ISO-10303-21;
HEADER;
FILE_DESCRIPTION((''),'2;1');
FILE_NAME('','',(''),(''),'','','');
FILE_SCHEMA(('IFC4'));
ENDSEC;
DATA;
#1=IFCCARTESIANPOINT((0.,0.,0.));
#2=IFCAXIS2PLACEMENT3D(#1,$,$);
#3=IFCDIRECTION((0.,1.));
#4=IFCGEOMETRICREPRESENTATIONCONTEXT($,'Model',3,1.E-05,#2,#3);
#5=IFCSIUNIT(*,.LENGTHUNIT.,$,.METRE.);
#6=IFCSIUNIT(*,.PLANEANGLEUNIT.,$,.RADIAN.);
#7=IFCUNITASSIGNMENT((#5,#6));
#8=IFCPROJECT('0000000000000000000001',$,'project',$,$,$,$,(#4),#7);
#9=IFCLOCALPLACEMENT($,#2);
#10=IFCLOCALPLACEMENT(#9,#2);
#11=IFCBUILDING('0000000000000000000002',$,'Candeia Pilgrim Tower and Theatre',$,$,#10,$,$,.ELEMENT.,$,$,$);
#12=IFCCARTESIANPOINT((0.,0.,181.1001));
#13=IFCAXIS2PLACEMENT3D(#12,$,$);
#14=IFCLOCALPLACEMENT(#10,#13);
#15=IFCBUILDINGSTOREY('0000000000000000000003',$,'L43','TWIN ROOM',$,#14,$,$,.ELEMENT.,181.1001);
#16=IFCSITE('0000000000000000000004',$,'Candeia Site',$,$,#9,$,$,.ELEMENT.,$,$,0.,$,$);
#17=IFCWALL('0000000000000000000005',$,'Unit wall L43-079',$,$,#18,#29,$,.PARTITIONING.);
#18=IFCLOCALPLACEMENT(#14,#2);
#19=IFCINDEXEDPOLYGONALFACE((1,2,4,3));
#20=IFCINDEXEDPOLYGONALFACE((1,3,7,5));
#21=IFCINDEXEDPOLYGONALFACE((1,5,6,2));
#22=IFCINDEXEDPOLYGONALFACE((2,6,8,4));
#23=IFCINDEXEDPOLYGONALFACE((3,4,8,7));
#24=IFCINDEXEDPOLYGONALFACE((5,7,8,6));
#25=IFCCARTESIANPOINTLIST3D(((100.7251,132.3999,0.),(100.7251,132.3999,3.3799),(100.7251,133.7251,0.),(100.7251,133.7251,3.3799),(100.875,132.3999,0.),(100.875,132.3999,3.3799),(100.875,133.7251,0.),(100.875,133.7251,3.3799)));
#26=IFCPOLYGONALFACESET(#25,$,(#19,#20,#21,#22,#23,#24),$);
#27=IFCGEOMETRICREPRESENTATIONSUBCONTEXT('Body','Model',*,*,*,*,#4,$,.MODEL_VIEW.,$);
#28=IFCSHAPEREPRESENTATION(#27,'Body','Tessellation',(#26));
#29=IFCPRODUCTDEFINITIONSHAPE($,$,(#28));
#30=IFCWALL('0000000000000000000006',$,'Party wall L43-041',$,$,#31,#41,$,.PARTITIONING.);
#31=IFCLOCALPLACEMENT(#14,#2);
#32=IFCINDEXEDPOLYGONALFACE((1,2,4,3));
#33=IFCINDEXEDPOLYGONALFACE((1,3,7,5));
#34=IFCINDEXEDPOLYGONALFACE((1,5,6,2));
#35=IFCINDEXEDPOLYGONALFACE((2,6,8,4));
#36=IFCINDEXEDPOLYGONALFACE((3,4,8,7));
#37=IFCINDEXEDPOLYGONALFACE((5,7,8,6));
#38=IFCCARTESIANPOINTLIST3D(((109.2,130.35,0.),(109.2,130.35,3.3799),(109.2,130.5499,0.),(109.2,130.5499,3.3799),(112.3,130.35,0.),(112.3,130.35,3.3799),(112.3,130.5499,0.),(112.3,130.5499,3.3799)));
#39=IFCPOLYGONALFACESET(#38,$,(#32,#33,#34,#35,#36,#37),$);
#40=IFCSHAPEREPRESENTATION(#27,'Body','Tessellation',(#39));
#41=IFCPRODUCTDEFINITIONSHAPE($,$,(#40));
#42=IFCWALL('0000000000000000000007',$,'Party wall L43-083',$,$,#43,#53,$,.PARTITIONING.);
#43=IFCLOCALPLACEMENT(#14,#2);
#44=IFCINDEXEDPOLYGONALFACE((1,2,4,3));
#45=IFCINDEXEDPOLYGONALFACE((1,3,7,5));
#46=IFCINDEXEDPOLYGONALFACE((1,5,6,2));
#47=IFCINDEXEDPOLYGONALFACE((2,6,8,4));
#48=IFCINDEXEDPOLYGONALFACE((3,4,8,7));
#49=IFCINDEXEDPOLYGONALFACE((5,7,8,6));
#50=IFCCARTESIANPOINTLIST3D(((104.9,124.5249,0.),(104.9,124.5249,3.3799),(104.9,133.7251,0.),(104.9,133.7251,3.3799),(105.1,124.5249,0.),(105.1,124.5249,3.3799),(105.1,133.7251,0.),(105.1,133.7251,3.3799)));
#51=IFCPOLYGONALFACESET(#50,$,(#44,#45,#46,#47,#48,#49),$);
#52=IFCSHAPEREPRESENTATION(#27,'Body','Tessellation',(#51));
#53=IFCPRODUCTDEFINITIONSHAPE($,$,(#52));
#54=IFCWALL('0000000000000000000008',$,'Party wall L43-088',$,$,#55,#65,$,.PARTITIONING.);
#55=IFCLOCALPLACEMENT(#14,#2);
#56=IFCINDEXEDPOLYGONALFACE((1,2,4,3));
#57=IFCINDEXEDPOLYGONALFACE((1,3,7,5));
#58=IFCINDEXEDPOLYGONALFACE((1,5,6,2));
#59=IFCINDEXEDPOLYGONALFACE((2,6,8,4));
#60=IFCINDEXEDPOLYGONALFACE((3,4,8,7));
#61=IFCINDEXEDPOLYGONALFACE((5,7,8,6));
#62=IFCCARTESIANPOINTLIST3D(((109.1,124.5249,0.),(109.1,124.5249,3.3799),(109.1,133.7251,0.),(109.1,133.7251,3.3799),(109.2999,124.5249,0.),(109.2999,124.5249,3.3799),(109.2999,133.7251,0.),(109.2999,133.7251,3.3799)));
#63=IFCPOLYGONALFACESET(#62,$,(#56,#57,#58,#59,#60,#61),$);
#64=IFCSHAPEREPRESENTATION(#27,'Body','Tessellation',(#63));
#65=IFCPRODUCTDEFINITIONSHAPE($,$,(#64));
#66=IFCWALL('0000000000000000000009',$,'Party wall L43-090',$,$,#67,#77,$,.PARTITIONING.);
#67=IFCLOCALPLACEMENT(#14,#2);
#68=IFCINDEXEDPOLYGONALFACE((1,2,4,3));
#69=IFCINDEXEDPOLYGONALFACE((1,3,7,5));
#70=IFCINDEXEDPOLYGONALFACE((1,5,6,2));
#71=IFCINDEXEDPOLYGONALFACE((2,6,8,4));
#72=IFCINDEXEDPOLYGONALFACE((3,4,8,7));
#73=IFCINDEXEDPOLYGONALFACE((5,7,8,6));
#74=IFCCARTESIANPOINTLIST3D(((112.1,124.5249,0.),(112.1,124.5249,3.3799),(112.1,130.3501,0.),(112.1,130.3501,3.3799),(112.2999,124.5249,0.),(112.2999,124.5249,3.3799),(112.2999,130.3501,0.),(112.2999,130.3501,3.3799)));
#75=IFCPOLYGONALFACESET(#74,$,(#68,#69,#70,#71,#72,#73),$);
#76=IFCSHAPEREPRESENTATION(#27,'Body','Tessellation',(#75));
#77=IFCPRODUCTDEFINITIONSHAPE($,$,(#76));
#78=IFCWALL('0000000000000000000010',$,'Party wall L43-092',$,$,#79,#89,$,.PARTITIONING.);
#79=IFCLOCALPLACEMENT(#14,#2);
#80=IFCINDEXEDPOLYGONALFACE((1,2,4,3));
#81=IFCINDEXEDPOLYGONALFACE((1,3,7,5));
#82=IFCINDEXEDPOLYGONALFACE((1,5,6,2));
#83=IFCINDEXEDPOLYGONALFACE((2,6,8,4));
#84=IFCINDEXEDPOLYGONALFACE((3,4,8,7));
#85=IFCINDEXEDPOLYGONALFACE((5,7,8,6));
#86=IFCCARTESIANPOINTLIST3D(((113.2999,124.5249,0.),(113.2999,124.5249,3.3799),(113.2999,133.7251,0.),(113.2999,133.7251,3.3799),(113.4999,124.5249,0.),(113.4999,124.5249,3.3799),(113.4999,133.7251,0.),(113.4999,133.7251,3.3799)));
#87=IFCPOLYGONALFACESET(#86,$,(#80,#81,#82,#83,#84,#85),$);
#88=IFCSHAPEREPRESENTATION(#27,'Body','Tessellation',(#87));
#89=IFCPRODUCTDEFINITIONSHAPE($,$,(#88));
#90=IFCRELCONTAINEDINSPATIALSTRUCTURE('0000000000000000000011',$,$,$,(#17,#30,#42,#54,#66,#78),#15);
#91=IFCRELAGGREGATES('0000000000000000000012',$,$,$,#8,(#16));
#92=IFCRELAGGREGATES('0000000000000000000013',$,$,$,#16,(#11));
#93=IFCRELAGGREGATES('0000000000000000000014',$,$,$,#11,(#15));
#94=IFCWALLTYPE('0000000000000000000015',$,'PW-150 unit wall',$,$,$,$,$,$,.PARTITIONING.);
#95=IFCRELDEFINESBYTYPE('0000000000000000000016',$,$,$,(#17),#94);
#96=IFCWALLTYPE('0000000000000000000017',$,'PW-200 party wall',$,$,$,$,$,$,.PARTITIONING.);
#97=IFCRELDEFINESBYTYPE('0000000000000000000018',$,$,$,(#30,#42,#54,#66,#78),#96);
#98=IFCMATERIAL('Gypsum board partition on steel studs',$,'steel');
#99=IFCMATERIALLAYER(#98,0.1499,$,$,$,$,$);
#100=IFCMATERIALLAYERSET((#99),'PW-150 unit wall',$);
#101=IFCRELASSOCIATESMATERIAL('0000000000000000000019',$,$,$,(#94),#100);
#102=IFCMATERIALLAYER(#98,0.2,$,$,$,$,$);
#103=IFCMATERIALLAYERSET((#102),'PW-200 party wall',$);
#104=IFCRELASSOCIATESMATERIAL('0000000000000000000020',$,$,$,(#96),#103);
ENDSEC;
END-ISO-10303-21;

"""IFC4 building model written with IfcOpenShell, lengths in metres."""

from ifc_helpers import new_model, si_unit, direction, frame, frame_2d, origin, place, context, subcontext, project, spatial, rectangle, extrude, material, layer, layer_set, type_object, element, save


model = new_model("IFC4")

# Units and contexts
model_context = context("Model", 3, precision=1e-05, world=origin(), true_north=direction((0.0, 1.0)))
body_context = subcontext(model_context, "Body", "Model", "MODEL_VIEW")
ifc_project = project(units=[si_unit("LENGTHUNIT", "METRE"), si_unit("PLANEANGLEUNIT", "RADIAN")], contexts=[model_context])

# Site, building, storey
site_placement = place(None, origin())
site = spatial("IfcSite", under=ifc_project, at=site_placement, Name="Candeia Site", CompositionType="ELEMENT", RefElevation=0.0)
building_placement = place(site_placement, origin())
building = spatial("IfcBuilding", under=site, at=building_placement, Name="Candeia Pilgrim Tower and Theatre", CompositionType="ELEMENT")
storey_placement = place(building_placement, frame((0.0, 0.0, 181.1001)))
storey = spatial("IfcBuildingStorey", under=building, at=storey_placement, Name="L43", Description="TWIN ROOM", CompositionType="ELEMENT", Elevation=181.1001)

# Shared definitions
ifc_material_1 = material(Name="Gypsum board partition on steel studs", Category="steel")
ifc_layer_1 = layer(ifc_material_1, 0.1499)
ifc_layer_set_1 = layer_set([ifc_layer_1], Name="PW-150 unit wall")
wall_type_1 = type_object("IfcWallType", Name="PW-150 unit wall", PredefinedType="PARTITIONING", material=ifc_layer_set_1)

# Walls
wall_1_placement = place(storey_placement, frame((100.8, 132.3999, 0.0), z_axis=(0.0, 0.0, 1.0), x_axis=(0.0, 1.0, 0.0)))
element("IfcWall", 1, at=wall_1_placement, inside=storey, type_object=wall_type_1, Name="Unit wall L43-079", PredefinedType="PARTITIONING", context=body_context, shape_type="SweptSolid", body=[
    extrude(rectangle(XDim=1.3252, YDim=0.1499, at=frame_2d((0.6626, 0.0))), origin(), (0.0, 0.0, 1.0), 3.3799),
])
ifc_layer_2 = layer(ifc_material_1, 0.2)
ifc_layer_set_2 = layer_set([ifc_layer_2], Name="PW-200 party wall")
wall_type_2 = type_object("IfcWallType", Name="PW-200 party wall", PredefinedType="PARTITIONING", material=ifc_layer_set_2)
wall_2_placement = place(storey_placement, frame((109.2, 130.45, 0.0), z_axis=(0.0, 0.0, 1.0), x_axis=(1.0, 0.0, 0.0)))
element("IfcWall", 2, at=wall_2_placement, inside=storey, type_object=wall_type_2, Name="Party wall L43-041", PredefinedType="PARTITIONING", context=body_context, shape_type="SweptSolid", body=[
    extrude(rectangle(XDim=3.1001, YDim=0.2, at=frame_2d((1.55, 0.0))), origin(), (0.0, 0.0, 1.0), 3.3799),
])
for number, where, z_axis, x_axis, name in (
    (3, (105.0, 124.5249, 0.0), (0.0, 0.0, 1.0), (0.0, 1.0, 0.0), "Party wall L43-083"),
    (4, (109.2, 124.5249, 0.0), (0.0, 0.0, 1.0), (0.0, 1.0, 0.0), "Party wall L43-088"),
):
    element("IfcWall", number, at=place(storey_placement, frame(where, z_axis=z_axis, x_axis=x_axis)), inside=storey, type_object=wall_type_2, Name=name, PredefinedType="PARTITIONING", context=body_context, shape_type="SweptSolid", body=[
        extrude(rectangle(XDim=9.2002, YDim=0.2, at=frame_2d((4.6001, 0.0))), origin(), (0.0, 0.0, 1.0), 3.3799),
    ])
wall_3_placement = place(storey_placement, frame((112.2, 124.5249, 0.0), z_axis=(0.0, 0.0, 1.0), x_axis=(0.0, 1.0, 0.0)))
element("IfcWall", 5, at=wall_3_placement, inside=storey, type_object=wall_type_2, Name="Party wall L43-090", PredefinedType="PARTITIONING", context=body_context, shape_type="SweptSolid", body=[
    extrude(rectangle(XDim=5.8252, YDim=0.2, at=frame_2d((2.9126, 0.0))), origin(), (0.0, 0.0, 1.0), 3.3799),
])
wall_4_placement = place(storey_placement, frame((113.3999, 124.5249, 0.0), z_axis=(0.0, 0.0, 1.0), x_axis=(0.0, 1.0, 0.0)))
element("IfcWall", 6, at=wall_4_placement, inside=storey, type_object=wall_type_2, Name="Party wall L43-092", PredefinedType="PARTITIONING", context=body_context, shape_type="SweptSolid", body=[
    extrude(rectangle(XDim=9.2002, YDim=0.2, at=frame_2d((4.6001, 0.0))), origin(), (0.0, 0.0, 1.0), 3.3799),
])

save(model, "model.ifc")
